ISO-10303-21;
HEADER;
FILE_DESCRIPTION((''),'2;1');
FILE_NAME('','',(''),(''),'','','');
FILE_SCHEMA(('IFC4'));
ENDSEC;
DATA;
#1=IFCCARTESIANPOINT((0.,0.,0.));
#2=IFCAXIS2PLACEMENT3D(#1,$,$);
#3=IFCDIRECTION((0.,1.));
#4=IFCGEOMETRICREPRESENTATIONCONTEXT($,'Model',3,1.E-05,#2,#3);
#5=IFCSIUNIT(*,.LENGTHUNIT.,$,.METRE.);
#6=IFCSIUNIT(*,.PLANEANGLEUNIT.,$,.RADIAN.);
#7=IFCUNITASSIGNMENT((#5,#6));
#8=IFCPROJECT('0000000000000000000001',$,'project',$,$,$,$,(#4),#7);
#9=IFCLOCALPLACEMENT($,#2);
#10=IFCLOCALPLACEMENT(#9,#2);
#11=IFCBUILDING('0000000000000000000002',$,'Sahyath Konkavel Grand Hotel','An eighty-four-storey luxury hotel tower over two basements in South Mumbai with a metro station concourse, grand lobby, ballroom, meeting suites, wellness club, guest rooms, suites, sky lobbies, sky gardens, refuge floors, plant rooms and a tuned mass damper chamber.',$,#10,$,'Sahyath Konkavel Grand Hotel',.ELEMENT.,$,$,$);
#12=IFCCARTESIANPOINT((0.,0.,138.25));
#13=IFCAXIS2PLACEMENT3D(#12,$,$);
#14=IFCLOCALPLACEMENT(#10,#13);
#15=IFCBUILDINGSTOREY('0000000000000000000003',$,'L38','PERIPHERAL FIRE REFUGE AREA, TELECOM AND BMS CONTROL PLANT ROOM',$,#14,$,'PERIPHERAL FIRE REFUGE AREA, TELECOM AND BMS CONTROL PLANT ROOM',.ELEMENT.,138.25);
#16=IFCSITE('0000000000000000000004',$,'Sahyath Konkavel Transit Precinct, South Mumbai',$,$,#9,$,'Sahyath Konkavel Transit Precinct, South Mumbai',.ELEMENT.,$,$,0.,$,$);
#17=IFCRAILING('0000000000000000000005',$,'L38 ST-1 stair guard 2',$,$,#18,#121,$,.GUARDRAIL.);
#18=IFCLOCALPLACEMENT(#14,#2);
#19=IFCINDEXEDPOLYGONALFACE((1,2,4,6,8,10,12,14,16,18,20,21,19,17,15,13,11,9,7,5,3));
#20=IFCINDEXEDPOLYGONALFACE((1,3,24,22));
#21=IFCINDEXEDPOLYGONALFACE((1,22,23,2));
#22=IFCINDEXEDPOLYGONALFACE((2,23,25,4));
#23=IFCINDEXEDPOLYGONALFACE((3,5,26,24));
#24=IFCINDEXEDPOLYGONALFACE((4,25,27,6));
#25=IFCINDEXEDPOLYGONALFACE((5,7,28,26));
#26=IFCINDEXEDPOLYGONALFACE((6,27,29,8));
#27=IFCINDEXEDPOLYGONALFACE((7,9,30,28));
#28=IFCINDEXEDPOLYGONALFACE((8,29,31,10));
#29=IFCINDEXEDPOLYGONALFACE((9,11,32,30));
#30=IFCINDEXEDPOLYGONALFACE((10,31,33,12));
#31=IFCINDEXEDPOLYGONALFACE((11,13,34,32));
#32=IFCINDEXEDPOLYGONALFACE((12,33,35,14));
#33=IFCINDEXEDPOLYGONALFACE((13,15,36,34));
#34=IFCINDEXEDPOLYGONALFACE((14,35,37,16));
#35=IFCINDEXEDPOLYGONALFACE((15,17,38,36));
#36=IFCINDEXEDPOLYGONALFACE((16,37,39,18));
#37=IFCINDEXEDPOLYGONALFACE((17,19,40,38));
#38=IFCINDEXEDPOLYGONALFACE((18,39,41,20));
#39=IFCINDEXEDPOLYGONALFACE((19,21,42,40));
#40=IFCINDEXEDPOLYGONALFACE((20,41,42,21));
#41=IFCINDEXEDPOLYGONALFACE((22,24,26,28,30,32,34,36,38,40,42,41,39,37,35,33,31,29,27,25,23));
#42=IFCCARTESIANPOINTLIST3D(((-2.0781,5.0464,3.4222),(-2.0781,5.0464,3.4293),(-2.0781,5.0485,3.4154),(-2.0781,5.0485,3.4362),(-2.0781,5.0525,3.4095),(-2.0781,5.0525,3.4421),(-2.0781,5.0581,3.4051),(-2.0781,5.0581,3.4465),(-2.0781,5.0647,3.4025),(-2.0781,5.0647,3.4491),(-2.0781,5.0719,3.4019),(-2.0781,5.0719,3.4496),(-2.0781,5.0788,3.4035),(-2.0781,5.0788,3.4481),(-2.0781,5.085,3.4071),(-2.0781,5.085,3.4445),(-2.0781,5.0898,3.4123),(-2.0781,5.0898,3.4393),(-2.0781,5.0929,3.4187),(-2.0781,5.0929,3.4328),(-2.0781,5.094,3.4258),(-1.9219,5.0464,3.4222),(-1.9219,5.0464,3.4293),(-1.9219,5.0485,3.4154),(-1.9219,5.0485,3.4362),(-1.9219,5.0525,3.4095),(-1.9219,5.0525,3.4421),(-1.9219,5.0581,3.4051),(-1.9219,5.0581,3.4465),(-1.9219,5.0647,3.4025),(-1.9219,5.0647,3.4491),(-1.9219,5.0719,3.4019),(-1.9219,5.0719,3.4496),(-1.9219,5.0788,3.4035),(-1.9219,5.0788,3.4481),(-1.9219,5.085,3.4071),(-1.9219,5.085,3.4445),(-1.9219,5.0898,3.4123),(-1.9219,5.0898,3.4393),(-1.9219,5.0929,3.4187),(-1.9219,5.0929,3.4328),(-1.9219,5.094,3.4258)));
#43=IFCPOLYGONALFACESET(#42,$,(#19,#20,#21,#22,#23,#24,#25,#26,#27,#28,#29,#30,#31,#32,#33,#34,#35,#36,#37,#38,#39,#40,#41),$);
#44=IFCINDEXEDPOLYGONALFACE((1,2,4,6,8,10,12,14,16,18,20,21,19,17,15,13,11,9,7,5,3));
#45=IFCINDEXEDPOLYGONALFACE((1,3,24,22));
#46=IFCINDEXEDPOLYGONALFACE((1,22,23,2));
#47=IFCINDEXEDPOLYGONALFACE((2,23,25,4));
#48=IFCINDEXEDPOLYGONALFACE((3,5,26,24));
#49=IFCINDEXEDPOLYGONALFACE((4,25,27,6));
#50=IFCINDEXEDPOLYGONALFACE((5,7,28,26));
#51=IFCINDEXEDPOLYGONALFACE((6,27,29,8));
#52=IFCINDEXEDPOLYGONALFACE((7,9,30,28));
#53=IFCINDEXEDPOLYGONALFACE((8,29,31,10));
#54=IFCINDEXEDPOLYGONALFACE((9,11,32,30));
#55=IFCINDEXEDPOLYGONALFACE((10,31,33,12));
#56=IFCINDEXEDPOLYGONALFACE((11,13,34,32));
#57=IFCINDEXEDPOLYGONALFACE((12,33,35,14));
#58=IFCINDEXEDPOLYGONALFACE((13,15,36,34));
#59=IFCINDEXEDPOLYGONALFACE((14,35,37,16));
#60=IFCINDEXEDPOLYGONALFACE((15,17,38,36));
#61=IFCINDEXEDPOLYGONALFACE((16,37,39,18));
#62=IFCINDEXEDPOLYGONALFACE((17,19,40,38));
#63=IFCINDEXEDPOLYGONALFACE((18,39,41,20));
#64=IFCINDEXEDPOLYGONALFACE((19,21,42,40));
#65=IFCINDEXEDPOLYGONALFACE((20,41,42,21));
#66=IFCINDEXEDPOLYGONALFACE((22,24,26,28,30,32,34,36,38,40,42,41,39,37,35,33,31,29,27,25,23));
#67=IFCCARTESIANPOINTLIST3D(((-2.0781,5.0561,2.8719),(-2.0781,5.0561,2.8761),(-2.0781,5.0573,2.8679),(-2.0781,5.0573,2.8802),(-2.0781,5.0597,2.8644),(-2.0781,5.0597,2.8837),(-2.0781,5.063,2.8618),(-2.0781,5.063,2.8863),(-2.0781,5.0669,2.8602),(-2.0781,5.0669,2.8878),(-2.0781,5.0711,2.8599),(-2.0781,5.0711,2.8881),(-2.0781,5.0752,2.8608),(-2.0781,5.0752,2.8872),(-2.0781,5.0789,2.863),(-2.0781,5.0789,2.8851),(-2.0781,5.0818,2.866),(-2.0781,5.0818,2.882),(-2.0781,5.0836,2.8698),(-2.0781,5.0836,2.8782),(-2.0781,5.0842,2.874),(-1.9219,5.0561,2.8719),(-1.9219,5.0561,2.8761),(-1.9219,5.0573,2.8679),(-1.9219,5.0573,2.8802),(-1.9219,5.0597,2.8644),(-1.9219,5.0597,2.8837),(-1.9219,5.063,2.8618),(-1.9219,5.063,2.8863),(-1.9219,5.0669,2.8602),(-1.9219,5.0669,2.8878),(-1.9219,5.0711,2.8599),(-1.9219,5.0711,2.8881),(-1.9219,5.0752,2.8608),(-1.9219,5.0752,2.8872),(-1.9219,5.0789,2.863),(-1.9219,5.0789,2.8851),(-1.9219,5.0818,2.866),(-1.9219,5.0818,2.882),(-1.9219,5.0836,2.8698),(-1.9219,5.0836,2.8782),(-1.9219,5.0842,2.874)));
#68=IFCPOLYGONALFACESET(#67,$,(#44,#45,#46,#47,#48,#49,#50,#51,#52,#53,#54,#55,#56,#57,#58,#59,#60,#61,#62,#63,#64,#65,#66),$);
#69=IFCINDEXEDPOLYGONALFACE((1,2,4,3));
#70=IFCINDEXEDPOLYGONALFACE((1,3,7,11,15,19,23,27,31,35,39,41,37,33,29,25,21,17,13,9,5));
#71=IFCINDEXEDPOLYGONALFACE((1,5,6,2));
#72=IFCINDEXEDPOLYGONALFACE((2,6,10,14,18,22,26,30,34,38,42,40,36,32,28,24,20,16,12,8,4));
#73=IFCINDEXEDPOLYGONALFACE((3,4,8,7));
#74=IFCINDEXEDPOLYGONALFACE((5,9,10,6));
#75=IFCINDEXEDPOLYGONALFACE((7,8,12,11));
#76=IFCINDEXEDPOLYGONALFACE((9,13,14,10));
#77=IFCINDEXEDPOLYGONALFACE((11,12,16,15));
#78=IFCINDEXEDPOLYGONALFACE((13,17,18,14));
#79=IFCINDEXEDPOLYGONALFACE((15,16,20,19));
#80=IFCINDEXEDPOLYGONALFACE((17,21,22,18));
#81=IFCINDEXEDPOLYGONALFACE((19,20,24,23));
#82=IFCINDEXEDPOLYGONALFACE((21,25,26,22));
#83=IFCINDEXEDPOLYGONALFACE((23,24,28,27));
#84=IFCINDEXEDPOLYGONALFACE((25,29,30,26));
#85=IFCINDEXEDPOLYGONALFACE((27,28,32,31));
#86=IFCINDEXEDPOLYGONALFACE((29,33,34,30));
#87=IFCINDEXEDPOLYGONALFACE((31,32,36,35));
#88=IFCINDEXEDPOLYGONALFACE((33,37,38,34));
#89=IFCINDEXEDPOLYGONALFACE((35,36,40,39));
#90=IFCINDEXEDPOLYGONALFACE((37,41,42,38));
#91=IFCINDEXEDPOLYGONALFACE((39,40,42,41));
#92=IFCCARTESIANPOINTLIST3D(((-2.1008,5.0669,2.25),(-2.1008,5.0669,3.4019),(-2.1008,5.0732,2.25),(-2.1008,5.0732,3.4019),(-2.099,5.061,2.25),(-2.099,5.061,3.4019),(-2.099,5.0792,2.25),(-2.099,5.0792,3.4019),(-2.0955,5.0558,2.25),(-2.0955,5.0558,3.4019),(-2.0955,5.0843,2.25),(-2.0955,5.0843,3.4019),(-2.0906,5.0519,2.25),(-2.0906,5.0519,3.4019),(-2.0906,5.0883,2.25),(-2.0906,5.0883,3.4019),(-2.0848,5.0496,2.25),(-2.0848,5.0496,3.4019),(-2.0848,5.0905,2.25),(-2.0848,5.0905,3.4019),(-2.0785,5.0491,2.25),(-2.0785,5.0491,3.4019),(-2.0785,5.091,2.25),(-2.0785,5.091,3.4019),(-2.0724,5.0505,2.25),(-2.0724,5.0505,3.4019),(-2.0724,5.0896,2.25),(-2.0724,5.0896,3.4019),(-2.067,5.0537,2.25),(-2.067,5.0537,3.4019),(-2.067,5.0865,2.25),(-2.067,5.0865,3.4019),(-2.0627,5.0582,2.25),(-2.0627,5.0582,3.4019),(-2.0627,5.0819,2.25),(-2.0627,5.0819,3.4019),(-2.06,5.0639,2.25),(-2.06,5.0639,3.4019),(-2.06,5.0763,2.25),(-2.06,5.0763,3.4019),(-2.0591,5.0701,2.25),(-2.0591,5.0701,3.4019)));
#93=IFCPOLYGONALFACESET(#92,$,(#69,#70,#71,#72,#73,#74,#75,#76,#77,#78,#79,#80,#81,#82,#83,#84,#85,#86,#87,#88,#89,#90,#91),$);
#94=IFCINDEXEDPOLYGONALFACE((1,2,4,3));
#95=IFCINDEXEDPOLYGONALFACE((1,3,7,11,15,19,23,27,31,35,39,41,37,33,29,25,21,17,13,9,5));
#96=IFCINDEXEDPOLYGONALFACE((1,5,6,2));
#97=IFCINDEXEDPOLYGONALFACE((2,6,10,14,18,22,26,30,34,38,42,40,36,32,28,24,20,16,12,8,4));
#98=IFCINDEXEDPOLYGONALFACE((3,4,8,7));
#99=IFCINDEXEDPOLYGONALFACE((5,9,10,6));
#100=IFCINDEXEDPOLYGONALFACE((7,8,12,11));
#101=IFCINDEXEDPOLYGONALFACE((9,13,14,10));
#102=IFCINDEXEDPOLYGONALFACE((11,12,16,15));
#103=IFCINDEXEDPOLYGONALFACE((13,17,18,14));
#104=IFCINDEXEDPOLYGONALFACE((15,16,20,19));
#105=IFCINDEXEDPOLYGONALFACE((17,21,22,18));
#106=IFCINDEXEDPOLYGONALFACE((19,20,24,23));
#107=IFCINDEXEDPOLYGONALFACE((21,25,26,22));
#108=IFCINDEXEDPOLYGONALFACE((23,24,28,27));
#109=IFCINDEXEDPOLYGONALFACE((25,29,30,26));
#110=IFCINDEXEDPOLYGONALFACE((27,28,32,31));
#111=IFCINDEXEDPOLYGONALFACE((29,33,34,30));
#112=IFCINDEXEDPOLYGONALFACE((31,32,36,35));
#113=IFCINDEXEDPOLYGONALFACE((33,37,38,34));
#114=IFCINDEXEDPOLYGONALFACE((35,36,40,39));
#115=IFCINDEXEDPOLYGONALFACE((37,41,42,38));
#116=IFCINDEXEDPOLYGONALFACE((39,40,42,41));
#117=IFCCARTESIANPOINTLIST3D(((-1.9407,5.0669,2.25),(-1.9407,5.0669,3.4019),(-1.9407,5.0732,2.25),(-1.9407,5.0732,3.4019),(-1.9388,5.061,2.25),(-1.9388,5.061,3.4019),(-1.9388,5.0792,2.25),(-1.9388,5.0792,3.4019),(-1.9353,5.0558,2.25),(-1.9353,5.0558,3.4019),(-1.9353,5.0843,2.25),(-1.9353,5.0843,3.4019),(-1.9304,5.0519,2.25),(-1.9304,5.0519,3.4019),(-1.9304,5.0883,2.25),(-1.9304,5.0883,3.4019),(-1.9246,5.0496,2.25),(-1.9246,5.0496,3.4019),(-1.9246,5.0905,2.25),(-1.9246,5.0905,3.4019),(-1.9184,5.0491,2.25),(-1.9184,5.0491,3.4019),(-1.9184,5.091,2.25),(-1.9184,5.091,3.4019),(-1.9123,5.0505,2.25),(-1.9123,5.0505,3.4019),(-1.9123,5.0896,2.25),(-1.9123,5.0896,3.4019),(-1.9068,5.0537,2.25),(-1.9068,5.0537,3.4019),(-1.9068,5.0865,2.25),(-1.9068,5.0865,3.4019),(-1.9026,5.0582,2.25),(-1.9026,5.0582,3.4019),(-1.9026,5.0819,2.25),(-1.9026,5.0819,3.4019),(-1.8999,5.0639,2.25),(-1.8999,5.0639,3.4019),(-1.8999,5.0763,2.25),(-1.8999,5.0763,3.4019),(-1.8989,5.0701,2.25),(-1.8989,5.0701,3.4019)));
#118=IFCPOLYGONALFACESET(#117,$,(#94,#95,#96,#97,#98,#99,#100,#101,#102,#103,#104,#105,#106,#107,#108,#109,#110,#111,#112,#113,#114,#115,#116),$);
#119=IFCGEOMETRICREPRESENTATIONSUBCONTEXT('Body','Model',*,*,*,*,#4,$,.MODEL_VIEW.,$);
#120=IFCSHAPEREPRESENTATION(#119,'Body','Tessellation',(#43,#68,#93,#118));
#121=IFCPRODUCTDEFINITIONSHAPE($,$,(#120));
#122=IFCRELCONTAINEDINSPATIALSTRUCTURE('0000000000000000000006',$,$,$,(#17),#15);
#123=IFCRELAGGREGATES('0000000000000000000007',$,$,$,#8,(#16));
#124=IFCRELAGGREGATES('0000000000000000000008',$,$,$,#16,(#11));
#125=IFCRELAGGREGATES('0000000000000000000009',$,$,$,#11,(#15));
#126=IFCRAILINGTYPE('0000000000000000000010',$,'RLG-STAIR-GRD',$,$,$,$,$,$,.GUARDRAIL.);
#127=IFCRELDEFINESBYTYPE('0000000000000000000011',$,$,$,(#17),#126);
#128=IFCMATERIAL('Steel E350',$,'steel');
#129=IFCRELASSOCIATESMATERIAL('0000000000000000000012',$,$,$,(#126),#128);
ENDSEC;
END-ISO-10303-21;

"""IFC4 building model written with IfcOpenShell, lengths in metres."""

from ifc_helpers import new_model, si_unit, direction, frame, origin, origin_2d, place, context, subcontext, project, spatial, circle, extrude, material, type_object, element, save


model = new_model("IFC4")

# Units and contexts
model_context = context("Model", 3, precision=1e-05, world=origin(), true_north=direction((0.0, 1.0)))
body_context = subcontext(model_context, "Body", "Model", "MODEL_VIEW")
ifc_project = project(units=[si_unit("LENGTHUNIT", "METRE"), si_unit("PLANEANGLEUNIT", "RADIAN")], contexts=[model_context])

# Site, building, storey
site_placement = place(None, origin())
site = spatial("IfcSite", under=ifc_project, at=site_placement, Name="Sahyath Konkavel Transit Precinct, South Mumbai", LongName="Sahyath Konkavel Transit Precinct, South Mumbai", CompositionType="ELEMENT", RefElevation=0.0)
building_placement = place(site_placement, origin())
building = spatial("IfcBuilding", under=site, at=building_placement, Name="Sahyath Konkavel Grand Hotel", Description="An eighty-four-storey luxury hotel tower over two basements in South Mumbai with a metro station concourse, grand lobby, ballroom, meeting suites, wellness club, guest rooms, suites, sky lobbies, sky gardens, refuge floors, plant rooms and a tuned mass damper chamber.", LongName="Sahyath Konkavel Grand Hotel", CompositionType="ELEMENT")
storey_placement = place(building_placement, frame((0.0, 0.0, 138.25)))
storey = spatial("IfcBuildingStorey", under=building, at=storey_placement, Name="L38", Description="PERIPHERAL FIRE REFUGE AREA, TELECOM AND BMS CONTROL PLANT ROOM", LongName="PERIPHERAL FIRE REFUGE AREA, TELECOM AND BMS CONTROL PLANT ROOM", CompositionType="ELEMENT", Elevation=138.25)

# Shared definitions
ifc_material_1 = material(Name="Steel E350", Category="steel")

# Railing
railing_type_1 = type_object("IfcRailingType", Name="RLG-STAIR-GRD", PredefinedType="GUARDRAIL", material=ifc_material_1)
railing_1_placement = place(storey_placement, frame((-2.0801, 5.0701, 2.25)))
element("IfcRailing", 1, at=railing_1_placement, inside=storey, type_object=railing_type_1, Name="L38 ST-1 stair guard 2", PredefinedType="GUARDRAIL", context=body_context, shape_type="SweptSolid", body=[
    extrude(circle(Radius=0.0239, at=origin_2d()), frame((0.002, 0.0, 1.1758), z_axis=(1.0, 0.0, 0.0), x_axis=(0.0, 1.0, 0.0)), (0.0, 0.0, 1.0), 0.1562),
    extrude(circle(Radius=0.0142, at=origin_2d()), frame((0.002, 0.0, 0.624), z_axis=(1.0, 0.0, 0.0), x_axis=(0.0, 1.0, 0.0)), (0.0, 0.0, 1.0), 0.1562),
    extrude(circle(Radius=0.021, at=origin_2d()), origin(), (0.0, 0.0, 1.0), 1.1519),
    extrude(circle(Radius=0.021, at=origin_2d()), frame((0.1602, 0.0, 0.0)), (0.0, 0.0, 1.0), 1.1519),
])

save(model, "model.ifc")
